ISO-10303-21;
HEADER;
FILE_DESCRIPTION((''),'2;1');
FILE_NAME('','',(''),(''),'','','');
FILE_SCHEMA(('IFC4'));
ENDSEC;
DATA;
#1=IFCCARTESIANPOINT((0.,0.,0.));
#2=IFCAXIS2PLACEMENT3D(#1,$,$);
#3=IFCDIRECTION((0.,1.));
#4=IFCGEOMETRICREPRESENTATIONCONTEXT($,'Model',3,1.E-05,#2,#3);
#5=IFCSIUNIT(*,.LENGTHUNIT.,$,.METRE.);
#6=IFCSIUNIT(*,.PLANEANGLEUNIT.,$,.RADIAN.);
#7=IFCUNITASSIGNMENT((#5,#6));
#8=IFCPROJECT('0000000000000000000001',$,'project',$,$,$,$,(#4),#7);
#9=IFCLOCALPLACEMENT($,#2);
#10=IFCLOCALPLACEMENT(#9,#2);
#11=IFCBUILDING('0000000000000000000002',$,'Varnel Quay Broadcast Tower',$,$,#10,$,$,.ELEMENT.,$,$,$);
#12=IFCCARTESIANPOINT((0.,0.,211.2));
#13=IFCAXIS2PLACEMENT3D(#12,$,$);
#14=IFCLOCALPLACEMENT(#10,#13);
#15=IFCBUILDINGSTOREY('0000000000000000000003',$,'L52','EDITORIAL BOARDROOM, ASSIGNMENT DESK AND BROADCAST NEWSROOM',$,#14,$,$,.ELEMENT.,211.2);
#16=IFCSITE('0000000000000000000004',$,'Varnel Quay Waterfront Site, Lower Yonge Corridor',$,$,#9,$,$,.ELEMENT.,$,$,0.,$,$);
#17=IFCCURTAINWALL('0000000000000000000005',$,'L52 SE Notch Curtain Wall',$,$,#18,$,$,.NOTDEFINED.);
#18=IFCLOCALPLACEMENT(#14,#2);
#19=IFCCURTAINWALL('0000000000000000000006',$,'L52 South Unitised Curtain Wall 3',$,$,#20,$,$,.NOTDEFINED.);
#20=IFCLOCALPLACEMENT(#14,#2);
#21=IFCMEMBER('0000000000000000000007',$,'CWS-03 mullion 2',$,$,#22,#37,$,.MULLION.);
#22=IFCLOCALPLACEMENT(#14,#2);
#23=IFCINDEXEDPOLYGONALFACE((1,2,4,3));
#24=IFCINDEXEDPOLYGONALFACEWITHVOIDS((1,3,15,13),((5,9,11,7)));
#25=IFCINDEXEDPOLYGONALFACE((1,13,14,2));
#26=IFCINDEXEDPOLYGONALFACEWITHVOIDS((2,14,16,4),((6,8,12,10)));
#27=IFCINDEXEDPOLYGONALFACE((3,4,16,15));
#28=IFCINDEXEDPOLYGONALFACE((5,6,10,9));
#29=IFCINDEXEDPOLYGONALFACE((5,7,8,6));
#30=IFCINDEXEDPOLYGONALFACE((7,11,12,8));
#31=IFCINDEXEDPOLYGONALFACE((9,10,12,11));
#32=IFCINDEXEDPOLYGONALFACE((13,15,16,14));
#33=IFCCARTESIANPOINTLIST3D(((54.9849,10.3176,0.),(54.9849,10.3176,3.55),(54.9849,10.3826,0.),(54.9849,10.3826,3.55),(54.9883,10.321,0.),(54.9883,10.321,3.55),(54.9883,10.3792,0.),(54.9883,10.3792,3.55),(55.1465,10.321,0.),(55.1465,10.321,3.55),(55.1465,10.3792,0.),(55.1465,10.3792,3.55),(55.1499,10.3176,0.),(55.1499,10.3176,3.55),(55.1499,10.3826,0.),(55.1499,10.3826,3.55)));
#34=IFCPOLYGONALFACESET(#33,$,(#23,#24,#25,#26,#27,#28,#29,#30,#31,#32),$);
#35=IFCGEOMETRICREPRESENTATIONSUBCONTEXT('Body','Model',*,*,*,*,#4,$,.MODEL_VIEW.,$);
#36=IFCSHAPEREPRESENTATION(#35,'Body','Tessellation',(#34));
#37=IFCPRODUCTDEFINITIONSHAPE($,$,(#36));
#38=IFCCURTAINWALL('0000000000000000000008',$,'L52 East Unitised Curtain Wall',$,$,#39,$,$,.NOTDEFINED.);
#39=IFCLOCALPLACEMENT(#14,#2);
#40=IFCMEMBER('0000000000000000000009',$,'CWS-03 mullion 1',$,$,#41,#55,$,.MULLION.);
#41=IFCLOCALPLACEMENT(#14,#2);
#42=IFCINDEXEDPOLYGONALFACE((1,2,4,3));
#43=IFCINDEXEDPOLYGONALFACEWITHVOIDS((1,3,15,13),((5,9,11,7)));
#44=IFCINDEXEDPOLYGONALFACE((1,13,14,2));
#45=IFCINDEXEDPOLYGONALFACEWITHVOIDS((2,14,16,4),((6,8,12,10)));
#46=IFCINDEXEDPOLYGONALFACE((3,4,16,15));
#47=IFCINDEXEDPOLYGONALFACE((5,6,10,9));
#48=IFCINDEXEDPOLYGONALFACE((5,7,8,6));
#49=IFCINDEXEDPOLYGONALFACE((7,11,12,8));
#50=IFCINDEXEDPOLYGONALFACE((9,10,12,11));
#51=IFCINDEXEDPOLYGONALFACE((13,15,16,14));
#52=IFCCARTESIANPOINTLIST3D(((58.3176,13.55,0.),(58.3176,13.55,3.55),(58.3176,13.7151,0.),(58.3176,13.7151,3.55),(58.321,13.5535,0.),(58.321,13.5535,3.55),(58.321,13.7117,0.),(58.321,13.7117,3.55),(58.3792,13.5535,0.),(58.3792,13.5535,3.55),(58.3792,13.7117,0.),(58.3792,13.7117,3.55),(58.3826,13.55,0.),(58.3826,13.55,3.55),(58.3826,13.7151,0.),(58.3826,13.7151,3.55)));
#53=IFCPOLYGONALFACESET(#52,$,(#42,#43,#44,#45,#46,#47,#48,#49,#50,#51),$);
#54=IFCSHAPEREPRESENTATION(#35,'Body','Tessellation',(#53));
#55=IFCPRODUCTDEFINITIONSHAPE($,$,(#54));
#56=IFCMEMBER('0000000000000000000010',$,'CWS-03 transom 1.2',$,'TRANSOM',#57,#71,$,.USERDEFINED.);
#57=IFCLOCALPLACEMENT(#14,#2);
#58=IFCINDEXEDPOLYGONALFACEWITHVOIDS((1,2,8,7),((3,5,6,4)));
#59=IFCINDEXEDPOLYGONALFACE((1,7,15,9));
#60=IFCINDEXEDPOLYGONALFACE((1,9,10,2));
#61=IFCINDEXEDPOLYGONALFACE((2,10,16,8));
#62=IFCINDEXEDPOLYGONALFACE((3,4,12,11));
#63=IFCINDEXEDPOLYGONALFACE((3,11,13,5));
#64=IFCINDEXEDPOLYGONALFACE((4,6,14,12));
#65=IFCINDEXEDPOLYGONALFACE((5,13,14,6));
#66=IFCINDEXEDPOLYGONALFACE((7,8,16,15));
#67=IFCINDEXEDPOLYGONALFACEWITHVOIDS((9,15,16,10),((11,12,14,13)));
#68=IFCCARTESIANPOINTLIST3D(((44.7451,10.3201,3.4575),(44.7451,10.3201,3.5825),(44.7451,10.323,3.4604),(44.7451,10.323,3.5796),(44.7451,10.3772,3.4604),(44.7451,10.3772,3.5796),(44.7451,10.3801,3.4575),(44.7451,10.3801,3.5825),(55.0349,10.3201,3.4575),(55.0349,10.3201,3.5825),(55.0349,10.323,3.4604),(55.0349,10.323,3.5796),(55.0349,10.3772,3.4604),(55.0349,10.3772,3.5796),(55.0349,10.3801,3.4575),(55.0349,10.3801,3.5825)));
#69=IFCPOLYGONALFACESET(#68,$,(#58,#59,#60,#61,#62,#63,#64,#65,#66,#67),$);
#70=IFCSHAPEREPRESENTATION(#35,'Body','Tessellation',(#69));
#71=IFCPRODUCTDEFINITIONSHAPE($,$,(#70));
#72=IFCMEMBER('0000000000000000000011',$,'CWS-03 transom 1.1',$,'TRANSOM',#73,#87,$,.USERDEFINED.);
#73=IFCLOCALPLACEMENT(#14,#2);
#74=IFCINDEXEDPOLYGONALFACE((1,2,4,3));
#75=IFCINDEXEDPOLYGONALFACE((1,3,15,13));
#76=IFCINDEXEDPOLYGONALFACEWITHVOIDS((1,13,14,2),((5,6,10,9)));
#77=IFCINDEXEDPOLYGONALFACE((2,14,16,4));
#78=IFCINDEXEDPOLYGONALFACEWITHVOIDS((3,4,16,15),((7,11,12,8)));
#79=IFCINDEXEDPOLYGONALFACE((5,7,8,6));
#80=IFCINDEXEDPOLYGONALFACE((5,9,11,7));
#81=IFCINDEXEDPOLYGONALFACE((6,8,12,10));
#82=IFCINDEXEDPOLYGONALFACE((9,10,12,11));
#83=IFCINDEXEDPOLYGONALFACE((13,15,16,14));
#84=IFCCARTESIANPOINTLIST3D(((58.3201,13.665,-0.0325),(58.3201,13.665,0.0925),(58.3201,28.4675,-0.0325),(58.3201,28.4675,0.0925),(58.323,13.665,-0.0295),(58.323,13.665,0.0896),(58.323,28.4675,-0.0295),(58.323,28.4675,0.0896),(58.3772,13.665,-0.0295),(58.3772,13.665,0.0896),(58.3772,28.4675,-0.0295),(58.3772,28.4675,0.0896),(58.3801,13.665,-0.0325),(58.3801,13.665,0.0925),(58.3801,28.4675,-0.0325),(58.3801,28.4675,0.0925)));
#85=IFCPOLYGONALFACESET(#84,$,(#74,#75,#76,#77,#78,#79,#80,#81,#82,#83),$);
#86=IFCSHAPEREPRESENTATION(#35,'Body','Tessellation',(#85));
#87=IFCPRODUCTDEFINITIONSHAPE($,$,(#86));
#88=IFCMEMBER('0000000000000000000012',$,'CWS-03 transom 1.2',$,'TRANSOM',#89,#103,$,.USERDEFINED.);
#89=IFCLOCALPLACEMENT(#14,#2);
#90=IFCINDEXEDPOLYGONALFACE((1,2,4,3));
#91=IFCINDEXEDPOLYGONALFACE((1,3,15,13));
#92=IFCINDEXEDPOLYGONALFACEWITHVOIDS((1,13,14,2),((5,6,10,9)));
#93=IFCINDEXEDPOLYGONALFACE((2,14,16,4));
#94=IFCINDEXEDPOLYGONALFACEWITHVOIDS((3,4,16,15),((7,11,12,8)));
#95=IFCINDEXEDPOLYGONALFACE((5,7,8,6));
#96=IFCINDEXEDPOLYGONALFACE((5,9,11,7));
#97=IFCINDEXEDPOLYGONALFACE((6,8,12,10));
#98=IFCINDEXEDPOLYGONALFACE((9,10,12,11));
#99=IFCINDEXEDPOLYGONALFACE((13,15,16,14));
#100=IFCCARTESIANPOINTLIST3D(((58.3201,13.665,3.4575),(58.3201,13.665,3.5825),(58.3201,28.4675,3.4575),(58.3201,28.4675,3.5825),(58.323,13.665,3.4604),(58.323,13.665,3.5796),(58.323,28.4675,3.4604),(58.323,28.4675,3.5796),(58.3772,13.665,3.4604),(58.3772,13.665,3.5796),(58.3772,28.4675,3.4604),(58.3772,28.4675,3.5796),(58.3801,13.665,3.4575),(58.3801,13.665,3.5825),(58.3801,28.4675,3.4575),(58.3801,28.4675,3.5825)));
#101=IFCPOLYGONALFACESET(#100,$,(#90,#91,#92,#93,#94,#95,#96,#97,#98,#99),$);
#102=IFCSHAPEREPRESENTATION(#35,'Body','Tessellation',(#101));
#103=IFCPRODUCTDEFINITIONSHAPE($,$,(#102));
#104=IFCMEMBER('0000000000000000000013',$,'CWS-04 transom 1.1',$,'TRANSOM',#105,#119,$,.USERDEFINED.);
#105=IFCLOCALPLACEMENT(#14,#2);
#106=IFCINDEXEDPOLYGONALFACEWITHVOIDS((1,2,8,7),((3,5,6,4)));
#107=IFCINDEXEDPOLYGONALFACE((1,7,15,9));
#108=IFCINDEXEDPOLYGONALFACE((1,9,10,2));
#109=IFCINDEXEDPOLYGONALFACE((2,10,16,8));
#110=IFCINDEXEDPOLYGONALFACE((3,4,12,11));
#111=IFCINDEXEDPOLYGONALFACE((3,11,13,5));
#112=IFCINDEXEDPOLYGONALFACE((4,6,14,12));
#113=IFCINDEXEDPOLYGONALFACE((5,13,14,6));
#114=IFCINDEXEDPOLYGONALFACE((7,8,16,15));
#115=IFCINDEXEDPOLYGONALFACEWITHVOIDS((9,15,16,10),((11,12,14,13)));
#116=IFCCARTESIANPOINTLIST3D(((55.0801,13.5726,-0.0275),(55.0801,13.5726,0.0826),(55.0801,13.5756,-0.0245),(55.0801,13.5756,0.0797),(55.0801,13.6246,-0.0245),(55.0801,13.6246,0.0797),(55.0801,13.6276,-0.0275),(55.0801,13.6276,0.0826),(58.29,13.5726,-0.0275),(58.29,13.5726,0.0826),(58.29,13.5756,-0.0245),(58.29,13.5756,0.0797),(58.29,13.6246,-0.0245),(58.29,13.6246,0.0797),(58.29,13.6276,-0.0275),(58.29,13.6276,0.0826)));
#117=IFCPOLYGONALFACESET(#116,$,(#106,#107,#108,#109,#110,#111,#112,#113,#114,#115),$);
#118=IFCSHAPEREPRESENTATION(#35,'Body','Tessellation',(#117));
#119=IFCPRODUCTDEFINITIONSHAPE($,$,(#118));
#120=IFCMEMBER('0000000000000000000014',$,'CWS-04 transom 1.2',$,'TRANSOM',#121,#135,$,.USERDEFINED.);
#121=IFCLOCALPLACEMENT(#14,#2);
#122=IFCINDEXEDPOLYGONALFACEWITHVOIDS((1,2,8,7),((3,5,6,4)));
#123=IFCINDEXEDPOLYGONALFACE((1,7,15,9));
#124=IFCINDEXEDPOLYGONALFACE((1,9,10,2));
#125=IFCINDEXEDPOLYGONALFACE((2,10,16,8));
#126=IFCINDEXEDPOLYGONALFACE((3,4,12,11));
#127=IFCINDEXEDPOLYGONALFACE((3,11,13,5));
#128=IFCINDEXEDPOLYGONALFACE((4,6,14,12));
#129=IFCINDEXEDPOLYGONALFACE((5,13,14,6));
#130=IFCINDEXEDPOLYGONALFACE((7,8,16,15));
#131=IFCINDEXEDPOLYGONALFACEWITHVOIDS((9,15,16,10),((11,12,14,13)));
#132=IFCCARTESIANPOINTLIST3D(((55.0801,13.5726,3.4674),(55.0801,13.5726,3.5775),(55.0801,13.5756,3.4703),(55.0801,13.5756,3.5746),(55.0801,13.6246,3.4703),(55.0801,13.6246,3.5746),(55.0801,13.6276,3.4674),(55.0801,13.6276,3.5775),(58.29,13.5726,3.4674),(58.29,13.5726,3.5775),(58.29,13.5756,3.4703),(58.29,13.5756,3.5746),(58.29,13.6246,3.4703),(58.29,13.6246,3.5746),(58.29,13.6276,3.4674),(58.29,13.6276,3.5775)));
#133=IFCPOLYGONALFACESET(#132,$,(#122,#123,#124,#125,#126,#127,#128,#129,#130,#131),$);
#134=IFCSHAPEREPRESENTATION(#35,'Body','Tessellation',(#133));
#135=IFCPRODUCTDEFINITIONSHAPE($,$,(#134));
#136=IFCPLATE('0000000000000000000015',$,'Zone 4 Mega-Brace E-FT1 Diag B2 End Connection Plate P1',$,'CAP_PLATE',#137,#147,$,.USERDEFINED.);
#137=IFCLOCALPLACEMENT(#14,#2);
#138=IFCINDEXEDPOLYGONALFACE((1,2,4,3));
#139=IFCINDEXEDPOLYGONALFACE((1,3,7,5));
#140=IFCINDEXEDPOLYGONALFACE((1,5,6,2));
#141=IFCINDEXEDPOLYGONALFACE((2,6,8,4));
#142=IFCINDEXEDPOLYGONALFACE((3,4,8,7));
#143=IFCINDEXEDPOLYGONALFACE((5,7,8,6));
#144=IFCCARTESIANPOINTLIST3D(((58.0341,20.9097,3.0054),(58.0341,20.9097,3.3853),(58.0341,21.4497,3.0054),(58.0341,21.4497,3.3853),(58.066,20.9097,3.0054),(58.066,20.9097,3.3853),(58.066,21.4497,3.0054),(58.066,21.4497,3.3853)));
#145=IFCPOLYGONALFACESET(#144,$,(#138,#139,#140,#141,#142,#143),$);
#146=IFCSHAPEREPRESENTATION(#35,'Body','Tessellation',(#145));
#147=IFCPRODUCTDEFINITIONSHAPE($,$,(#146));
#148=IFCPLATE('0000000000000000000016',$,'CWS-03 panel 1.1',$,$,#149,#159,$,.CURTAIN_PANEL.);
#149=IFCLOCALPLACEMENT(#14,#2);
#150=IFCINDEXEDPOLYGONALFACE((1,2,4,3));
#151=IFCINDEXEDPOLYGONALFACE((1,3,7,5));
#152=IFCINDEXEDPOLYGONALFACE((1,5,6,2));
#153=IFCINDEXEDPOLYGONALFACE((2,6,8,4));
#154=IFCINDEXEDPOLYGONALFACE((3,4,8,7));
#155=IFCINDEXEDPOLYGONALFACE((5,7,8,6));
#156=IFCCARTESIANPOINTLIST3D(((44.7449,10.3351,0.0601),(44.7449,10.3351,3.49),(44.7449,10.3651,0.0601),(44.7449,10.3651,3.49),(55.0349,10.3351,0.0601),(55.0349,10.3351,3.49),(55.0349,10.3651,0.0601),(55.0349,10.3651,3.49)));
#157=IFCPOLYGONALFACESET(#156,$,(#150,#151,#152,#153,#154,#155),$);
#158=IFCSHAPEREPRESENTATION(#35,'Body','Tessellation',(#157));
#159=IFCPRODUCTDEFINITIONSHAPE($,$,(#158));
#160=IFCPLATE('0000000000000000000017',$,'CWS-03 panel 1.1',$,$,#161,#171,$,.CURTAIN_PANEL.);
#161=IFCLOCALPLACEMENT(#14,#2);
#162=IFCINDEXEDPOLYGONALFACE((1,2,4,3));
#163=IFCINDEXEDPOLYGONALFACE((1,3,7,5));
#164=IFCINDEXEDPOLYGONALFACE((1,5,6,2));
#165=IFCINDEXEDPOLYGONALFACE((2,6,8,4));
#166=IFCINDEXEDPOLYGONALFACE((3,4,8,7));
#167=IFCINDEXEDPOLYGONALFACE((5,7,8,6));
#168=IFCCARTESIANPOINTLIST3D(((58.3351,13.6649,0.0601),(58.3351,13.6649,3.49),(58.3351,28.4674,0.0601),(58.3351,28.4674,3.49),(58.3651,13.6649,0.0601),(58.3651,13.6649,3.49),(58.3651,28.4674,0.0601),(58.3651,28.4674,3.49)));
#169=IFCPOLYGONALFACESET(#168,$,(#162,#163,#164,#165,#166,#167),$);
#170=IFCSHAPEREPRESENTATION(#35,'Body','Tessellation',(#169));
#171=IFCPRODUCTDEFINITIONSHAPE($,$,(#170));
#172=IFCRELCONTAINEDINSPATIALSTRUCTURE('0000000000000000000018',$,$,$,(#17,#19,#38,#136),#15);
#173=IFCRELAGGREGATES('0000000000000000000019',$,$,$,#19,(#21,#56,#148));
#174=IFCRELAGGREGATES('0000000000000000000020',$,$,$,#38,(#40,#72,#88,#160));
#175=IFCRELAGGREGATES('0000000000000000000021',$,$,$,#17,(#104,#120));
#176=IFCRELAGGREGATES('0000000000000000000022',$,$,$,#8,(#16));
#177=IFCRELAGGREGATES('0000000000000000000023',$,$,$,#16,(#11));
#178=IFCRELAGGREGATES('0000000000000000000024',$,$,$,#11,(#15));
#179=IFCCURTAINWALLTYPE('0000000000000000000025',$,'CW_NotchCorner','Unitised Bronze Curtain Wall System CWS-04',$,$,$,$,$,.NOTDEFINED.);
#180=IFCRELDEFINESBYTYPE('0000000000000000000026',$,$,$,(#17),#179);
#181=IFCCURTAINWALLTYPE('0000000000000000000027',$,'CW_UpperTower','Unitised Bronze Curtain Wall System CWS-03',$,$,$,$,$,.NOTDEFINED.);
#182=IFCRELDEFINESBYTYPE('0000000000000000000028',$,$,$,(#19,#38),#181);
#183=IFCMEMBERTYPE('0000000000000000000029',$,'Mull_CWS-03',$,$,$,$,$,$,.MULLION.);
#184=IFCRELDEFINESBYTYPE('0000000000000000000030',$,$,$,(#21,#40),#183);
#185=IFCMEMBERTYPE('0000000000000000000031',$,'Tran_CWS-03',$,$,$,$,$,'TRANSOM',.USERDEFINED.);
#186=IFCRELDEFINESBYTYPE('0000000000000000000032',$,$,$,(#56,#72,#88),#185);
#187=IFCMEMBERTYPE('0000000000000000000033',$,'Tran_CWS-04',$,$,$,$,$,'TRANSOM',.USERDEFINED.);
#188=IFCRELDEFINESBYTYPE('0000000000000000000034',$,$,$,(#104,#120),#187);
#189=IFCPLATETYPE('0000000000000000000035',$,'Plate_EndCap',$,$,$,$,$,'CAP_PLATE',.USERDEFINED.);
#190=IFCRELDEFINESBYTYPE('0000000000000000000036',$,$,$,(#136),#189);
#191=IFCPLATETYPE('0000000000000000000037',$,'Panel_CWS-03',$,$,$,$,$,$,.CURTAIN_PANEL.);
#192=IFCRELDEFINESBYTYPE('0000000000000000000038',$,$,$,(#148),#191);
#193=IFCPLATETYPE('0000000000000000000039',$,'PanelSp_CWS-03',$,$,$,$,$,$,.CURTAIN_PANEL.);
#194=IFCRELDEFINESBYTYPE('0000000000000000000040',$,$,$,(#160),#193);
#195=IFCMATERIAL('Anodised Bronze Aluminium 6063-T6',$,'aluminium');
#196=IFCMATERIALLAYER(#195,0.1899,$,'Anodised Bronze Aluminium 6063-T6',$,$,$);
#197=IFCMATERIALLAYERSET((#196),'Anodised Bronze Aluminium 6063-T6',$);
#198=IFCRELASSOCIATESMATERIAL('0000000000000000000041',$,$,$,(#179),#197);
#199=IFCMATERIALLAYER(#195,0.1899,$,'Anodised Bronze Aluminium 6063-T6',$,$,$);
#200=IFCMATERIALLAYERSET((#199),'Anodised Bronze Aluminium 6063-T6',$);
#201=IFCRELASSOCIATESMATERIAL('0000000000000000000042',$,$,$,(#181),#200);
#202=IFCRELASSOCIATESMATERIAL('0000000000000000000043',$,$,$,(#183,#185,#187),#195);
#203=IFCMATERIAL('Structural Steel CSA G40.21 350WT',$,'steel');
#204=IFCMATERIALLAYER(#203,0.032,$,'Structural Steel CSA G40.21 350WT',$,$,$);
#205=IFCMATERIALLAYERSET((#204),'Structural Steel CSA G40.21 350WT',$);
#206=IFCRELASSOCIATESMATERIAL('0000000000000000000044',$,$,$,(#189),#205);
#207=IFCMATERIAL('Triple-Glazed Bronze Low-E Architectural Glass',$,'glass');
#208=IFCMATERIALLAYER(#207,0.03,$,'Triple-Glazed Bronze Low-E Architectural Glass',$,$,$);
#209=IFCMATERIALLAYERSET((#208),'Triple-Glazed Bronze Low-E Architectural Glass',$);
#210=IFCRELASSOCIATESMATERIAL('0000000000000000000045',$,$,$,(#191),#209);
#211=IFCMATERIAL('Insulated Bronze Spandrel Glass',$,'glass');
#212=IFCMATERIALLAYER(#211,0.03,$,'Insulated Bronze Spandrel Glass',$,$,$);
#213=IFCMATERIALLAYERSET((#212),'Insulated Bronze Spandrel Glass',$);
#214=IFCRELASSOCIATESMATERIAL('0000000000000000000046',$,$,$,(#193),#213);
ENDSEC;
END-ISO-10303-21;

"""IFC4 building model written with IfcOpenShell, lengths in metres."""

from ifc_helpers import new_model, si_unit, direction, frame, origin, origin_2d, place, context, subcontext, project, spatial, rectangle, hollow_rectangle, extrude, source, transform, mapped, material, layer, layer_set, material_profile, profile_set, type_object, type_shapes, element, aggregate, save


model = new_model("IFC4")

# Units and contexts
model_context = context("Model", 3, precision=1e-05, world=origin(), true_north=direction((0.0, 1.0)))
body_context = subcontext(model_context, "Body", "Model", "MODEL_VIEW")
ifc_project = project(units=[si_unit("LENGTHUNIT", "METRE"), si_unit("PLANEANGLEUNIT", "RADIAN")], contexts=[model_context])

# Site, building, storey
site_placement = place(None, origin())
site = spatial("IfcSite", under=ifc_project, at=site_placement, Name="Varnel Quay Waterfront Site, Lower Yonge Corridor", CompositionType="ELEMENT", RefElevation=0.0)
building_placement = place(site_placement, origin())
building = spatial("IfcBuilding", under=site, at=building_placement, Name="Varnel Quay Broadcast Tower", CompositionType="ELEMENT")
storey_placement = place(building_placement, frame((0.0, 0.0, 211.2)))
storey = spatial("IfcBuildingStorey", under=building, at=storey_placement, Name="L52", Description="EDITORIAL BOARDROOM, ASSIGNMENT DESK AND BROADCAST NEWSROOM", CompositionType="ELEMENT", Elevation=211.2)

# Shared definitions
ifc_material_1 = material(Name="Structural Steel CSA G40.21 350WT", Category="steel")

# Curtain wall
ifc_material_2 = material(Name="Anodised Bronze Aluminium 6063-T6", Category="aluminium")
ifc_layer_1 = layer(ifc_material_2, 0.1899, Name="Anodised Bronze Aluminium 6063-T6")
ifc_layer_set_1 = layer_set([ifc_layer_1], Name="Anodised Bronze Aluminium 6063-T6")
curtain_wall_type_1 = type_object("IfcCurtainWallType", Name="CW_NotchCorner", Description="Unitised Bronze Curtain Wall System CWS-04", PredefinedType="NOTDEFINED", material=ifc_layer_set_1)
curtain_wall_1_placement = place(storey_placement, origin())
curtain_wall_1 = element("IfcCurtainWall", 1, at=curtain_wall_1_placement, inside=storey, type_object=curtain_wall_type_1, Name="L52 SE Notch Curtain Wall", PredefinedType="NOTDEFINED")

# Curtain walls, members
ifc_layer_2 = layer(ifc_material_2, 0.1899, Name="Anodised Bronze Aluminium 6063-T6")
ifc_layer_set_2 = layer_set([ifc_layer_2], Name="Anodised Bronze Aluminium 6063-T6")
curtain_wall_type_2 = type_object("IfcCurtainWallType", Name="CW_UpperTower", Description="Unitised Bronze Curtain Wall System CWS-03", PredefinedType="NOTDEFINED", material=ifc_layer_set_2)
curtain_wall_2_placement = place(storey_placement, origin())
curtain_wall_2 = element("IfcCurtainWall", 2, at=curtain_wall_2_placement, inside=storey, type_object=curtain_wall_type_2, Name="L52 South Unitised Curtain Wall 3", PredefinedType="NOTDEFINED")
ifc_material_profile_1 = material_profile(ifc_material_2, hollow_rectangle(XDim=0.0649, YDim=0.165, WallThickness=0.0034, at=origin_2d()), Name="ALU65X165X3.5")
ifc_profile_set_1 = profile_set([ifc_material_profile_1], Name="Anodised Bronze Aluminium 6063-T6")
member_type_1 = type_object("IfcMemberType", Name="Mull_CWS-03", PredefinedType="MULLION", material=ifc_profile_set_1)
shared_shape_1 = source(origin(), body_context, "Body", "SweptSolid", [
    extrude(hollow_rectangle(XDim=0.0649, YDim=0.165, WallThickness=0.0034, at=origin_2d()), origin(), (0.0, 0.0, 1.0), 3.55),
])
type_shapes(member_type_1, [shared_shape_1])
member_1_placement = place(storey_placement, frame((55.0674, 10.3501, 0.0), z_axis=(0.0, 0.0, 1.0), x_axis=(0.0, 1.0, 0.0)))
member_1 = element("IfcMember", 3, at=member_1_placement, type_object=member_type_1, Name="CWS-03 mullion 2", PredefinedType="MULLION", context=body_context, shape_type="MappedRepresentation", body=[
    mapped(shared_shape_1, transform((0.0, 0.0, 0.0), x_axis=(1.0, 0.0, 0.0), y_axis=(0.0, 1.0, 0.0), z_axis=(0.0, 0.0, 1.0), scale=1.0)),
])
curtain_wall_3_placement = place(storey_placement, origin())
curtain_wall_3 = element("IfcCurtainWall", 4, at=curtain_wall_3_placement, inside=storey, type_object=curtain_wall_type_2, Name="L52 East Unitised Curtain Wall", PredefinedType="NOTDEFINED")
member_2_placement = place(storey_placement, frame((58.3501, 13.6326, 0.0), z_axis=(0.0, 0.0, 1.0), x_axis=(-1.0, 0.0, 0.0)))
member_2 = element("IfcMember", 5, at=member_2_placement, type_object=member_type_1, Name="CWS-03 mullion 1", PredefinedType="MULLION", context=body_context, shape_type="MappedRepresentation", body=[
    mapped(shared_shape_1, transform((0.0, 0.0, 0.0), x_axis=(1.0, 0.0, 0.0), y_axis=(0.0, 1.0, 0.0), z_axis=(0.0, 0.0, 1.0), scale=1.0)),
])

# Members
ifc_material_profile_2 = material_profile(ifc_material_2, hollow_rectangle(XDim=0.0601, YDim=0.125, WallThickness=0.0029, at=origin_2d()), Name="ALU60X125X3")
ifc_profile_set_2 = profile_set([ifc_material_profile_2], Name="Anodised Bronze Aluminium 6063-T6")
member_type_2 = type_object("IfcMemberType", Name="Tran_CWS-03", ElementType="TRANSOM", PredefinedType="USERDEFINED", material=ifc_profile_set_2)
shared_shape_2 = source(origin(), body_context, "Body", "SweptSolid", [
    extrude(hollow_rectangle(XDim=0.0601, YDim=0.125, WallThickness=0.0029, at=origin_2d()), origin(), (0.0, 0.0, 1.0), 10.2898),
])
member_3_placement = place(storey_placement, frame((44.7451, 10.3501, 3.52), z_axis=(1.0, 0.0, 0.0), x_axis=(0.0, 1.0, 0.0)))
member_3 = element("IfcMember", 6, at=member_3_placement, type_object=member_type_2, Name="CWS-03 transom 1.2", ObjectType="TRANSOM", PredefinedType="USERDEFINED", context=body_context, shape_type="MappedRepresentation", body=[
    mapped(shared_shape_2, transform((0.0, 0.0, 0.0), x_axis=(1.0, 0.0, 0.0), y_axis=(0.0, 1.0, 0.0), z_axis=(0.0, 0.0, 1.0), scale=1.0)),
])
shared_shape_3 = source(origin(), body_context, "Body", "SweptSolid", [
    extrude(hollow_rectangle(XDim=0.0601, YDim=0.125, WallThickness=0.0029, at=origin_2d()), origin(), (0.0, 0.0, 1.0), 14.8025),
])
type_shapes(member_type_2, [shared_shape_2, shared_shape_3])
member_4_placement = place(storey_placement, frame((58.3501, 13.665, 0.03), z_axis=(0.0, 1.0, 0.0), x_axis=(-1.0, 0.0, 0.0)))
member_4 = element("IfcMember", 7, at=member_4_placement, type_object=member_type_2, Name="CWS-03 transom 1.1", ObjectType="TRANSOM", PredefinedType="USERDEFINED", context=body_context, shape_type="MappedRepresentation", body=[
    mapped(shared_shape_3, transform((0.0, 0.0, 0.0), x_axis=(1.0, 0.0, 0.0), y_axis=(0.0, 1.0, 0.0), z_axis=(0.0, 0.0, 1.0), scale=1.0)),
])
member_5_placement = place(storey_placement, frame((58.3501, 13.665, 3.52), z_axis=(0.0, 1.0, 0.0), x_axis=(-1.0, 0.0, 0.0)))
member_5 = element("IfcMember", 8, at=member_5_placement, type_object=member_type_2, Name="CWS-03 transom 1.2", ObjectType="TRANSOM", PredefinedType="USERDEFINED", context=body_context, shape_type="MappedRepresentation", body=[
    mapped(shared_shape_3, transform((0.0, 0.0, 0.0), x_axis=(1.0, 0.0, 0.0), y_axis=(0.0, 1.0, 0.0), z_axis=(0.0, 0.0, 1.0), scale=1.0)),
])
ifc_material_profile_3 = material_profile(ifc_material_2, hollow_rectangle(XDim=0.0549, YDim=0.1101, WallThickness=0.0029, at=origin_2d()), Name="ALU55X110X3")
ifc_profile_set_3 = profile_set([ifc_material_profile_3], Name="Anodised Bronze Aluminium 6063-T6")
member_type_3 = type_object("IfcMemberType", Name="Tran_CWS-04", ElementType="TRANSOM", PredefinedType="USERDEFINED", material=ifc_profile_set_3)
shared_shape_4 = source(origin(), body_context, "Body", "SweptSolid", [
    extrude(hollow_rectangle(XDim=0.0549, YDim=0.1101, WallThickness=0.0029, at=origin_2d()), origin(), (0.0, 0.0, 1.0), 3.21),
])
type_shapes(member_type_3, [shared_shape_4])
member_6_placement = place(storey_placement, frame((55.0801, 13.6001, 0.0276), z_axis=(1.0, 0.0, 0.0), x_axis=(0.0, 1.0, 0.0)))
member_6 = element("IfcMember", 9, at=member_6_placement, type_object=member_type_3, Name="CWS-04 transom 1.1", ObjectType="TRANSOM", PredefinedType="USERDEFINED", context=body_context, shape_type="MappedRepresentation", body=[
    mapped(shared_shape_4, transform((0.0, 0.0, 0.0), x_axis=(1.0, 0.0, 0.0), y_axis=(0.0, 1.0, 0.0), z_axis=(0.0, 0.0, 1.0), scale=1.0)),
])
member_7_placement = place(storey_placement, frame((55.0801, 13.6001, 3.5225), z_axis=(1.0, 0.0, 0.0), x_axis=(0.0, 1.0, 0.0)))
member_7 = element("IfcMember", 10, at=member_7_placement, type_object=member_type_3, Name="CWS-04 transom 1.2", ObjectType="TRANSOM", PredefinedType="USERDEFINED", context=body_context, shape_type="MappedRepresentation", body=[
    mapped(shared_shape_4, transform((0.0, 0.0, 0.0), x_axis=(1.0, 0.0, 0.0), y_axis=(0.0, 1.0, 0.0), z_axis=(0.0, 0.0, 1.0), scale=1.0)),
])

# Plates
ifc_layer_3 = layer(ifc_material_1, 0.032, Name="Structural Steel CSA G40.21 350WT")
ifc_layer_set_3 = layer_set([ifc_layer_3], Name="Structural Steel CSA G40.21 350WT")
plate_type_1 = type_object("IfcPlateType", Name="Plate_EndCap", ElementType="CAP_PLATE", PredefinedType="USERDEFINED", material=ifc_layer_set_3)
shared_shape_5 = source(origin(), body_context, "Body", "SweptSolid", [
    extrude(rectangle(XDim=0.54, YDim=0.032, at=origin_2d()), origin(), (0.0, 0.0, 1.0), 0.3799),
])
type_shapes(plate_type_1, [shared_shape_5])
plate_1_placement = place(storey_placement, frame((58.05, 21.1797, 3.0054), z_axis=(0.0, 0.0, 1.0), x_axis=(0.0, 1.0, 0.0)))
element("IfcPlate", 11, at=plate_1_placement, inside=storey, type_object=plate_type_1, Name="Zone 4 Mega-Brace E-FT1 Diag B2 End Connection Plate P1", ObjectType="CAP_PLATE", PredefinedType="USERDEFINED", context=body_context, shape_type="MappedRepresentation", body=[
    mapped(shared_shape_5, transform((0.0, 0.0, 0.0), x_axis=(1.0, 0.0, 0.0), y_axis=(0.0, 1.0, 0.0), z_axis=(0.0, 0.0, 1.0), scale=1.0)),
])
ifc_material_3 = material(Name="Triple-Glazed Bronze Low-E Architectural Glass", Category="glass")
ifc_layer_4 = layer(ifc_material_3, 0.03, Name="Triple-Glazed Bronze Low-E Architectural Glass")
ifc_layer_set_4 = layer_set([ifc_layer_4], Name="Triple-Glazed Bronze Low-E Architectural Glass")
plate_type_2 = type_object("IfcPlateType", Name="Panel_CWS-03", PredefinedType="CURTAIN_PANEL", material=ifc_layer_set_4)
shared_shape_6 = source(origin(), body_context, "Body", "SweptSolid", [
    extrude(rectangle(XDim=10.29, YDim=0.03, at=origin_2d()), origin(), (0.0, 0.0, 1.0), 3.4299),
])
type_shapes(plate_type_2, [shared_shape_6])
plate_2_placement = place(storey_placement, frame((49.8899, 10.3501, 0.0601), z_axis=(0.0, 0.0, 1.0), x_axis=(1.0, 0.0, 0.0)))
plate_2 = element("IfcPlate", 12, at=plate_2_placement, type_object=plate_type_2, Name="CWS-03 panel 1.1", PredefinedType="CURTAIN_PANEL", context=body_context, shape_type="MappedRepresentation", body=[
    mapped(shared_shape_6, transform((0.0, 0.0, 0.0), x_axis=(1.0, 0.0, 0.0), y_axis=(0.0, 1.0, 0.0), z_axis=(0.0, 0.0, 1.0), scale=1.0)),
])
aggregate(curtain_wall_2, [member_1, member_3, plate_2])
ifc_material_4 = material(Name="Insulated Bronze Spandrel Glass", Category="glass")
ifc_layer_5 = layer(ifc_material_4, 0.03, Name="Insulated Bronze Spandrel Glass")
ifc_layer_set_5 = layer_set([ifc_layer_5], Name="Insulated Bronze Spandrel Glass")
plate_type_3 = type_object("IfcPlateType", Name="PanelSp_CWS-03", PredefinedType="CURTAIN_PANEL", material=ifc_layer_set_5)
shared_shape_7 = source(origin(), body_context, "Body", "SweptSolid", [
    extrude(rectangle(XDim=14.8025, YDim=0.03, at=origin_2d()), origin(), (0.0, 0.0, 1.0), 3.4299),
])
type_shapes(plate_type_3, [shared_shape_7])
plate_3_placement = place(storey_placement, frame((58.3501, 21.0662, 0.0601), z_axis=(0.0, 0.0, 1.0), x_axis=(0.0, 1.0, 0.0)))
plate_3 = element("IfcPlate", 13, at=plate_3_placement, type_object=plate_type_3, Name="CWS-03 panel 1.1", PredefinedType="CURTAIN_PANEL", context=body_context, shape_type="MappedRepresentation", body=[
    mapped(shared_shape_7, transform((0.0, 0.0, 0.0), x_axis=(1.0, 0.0, 0.0), y_axis=(0.0, 1.0, 0.0), z_axis=(0.0, 0.0, 1.0), scale=1.0)),
])
aggregate(curtain_wall_3, [member_2, member_4, member_5, plate_3])
aggregate(curtain_wall_1, [member_6, member_7])

save(model, "model.ifc")
